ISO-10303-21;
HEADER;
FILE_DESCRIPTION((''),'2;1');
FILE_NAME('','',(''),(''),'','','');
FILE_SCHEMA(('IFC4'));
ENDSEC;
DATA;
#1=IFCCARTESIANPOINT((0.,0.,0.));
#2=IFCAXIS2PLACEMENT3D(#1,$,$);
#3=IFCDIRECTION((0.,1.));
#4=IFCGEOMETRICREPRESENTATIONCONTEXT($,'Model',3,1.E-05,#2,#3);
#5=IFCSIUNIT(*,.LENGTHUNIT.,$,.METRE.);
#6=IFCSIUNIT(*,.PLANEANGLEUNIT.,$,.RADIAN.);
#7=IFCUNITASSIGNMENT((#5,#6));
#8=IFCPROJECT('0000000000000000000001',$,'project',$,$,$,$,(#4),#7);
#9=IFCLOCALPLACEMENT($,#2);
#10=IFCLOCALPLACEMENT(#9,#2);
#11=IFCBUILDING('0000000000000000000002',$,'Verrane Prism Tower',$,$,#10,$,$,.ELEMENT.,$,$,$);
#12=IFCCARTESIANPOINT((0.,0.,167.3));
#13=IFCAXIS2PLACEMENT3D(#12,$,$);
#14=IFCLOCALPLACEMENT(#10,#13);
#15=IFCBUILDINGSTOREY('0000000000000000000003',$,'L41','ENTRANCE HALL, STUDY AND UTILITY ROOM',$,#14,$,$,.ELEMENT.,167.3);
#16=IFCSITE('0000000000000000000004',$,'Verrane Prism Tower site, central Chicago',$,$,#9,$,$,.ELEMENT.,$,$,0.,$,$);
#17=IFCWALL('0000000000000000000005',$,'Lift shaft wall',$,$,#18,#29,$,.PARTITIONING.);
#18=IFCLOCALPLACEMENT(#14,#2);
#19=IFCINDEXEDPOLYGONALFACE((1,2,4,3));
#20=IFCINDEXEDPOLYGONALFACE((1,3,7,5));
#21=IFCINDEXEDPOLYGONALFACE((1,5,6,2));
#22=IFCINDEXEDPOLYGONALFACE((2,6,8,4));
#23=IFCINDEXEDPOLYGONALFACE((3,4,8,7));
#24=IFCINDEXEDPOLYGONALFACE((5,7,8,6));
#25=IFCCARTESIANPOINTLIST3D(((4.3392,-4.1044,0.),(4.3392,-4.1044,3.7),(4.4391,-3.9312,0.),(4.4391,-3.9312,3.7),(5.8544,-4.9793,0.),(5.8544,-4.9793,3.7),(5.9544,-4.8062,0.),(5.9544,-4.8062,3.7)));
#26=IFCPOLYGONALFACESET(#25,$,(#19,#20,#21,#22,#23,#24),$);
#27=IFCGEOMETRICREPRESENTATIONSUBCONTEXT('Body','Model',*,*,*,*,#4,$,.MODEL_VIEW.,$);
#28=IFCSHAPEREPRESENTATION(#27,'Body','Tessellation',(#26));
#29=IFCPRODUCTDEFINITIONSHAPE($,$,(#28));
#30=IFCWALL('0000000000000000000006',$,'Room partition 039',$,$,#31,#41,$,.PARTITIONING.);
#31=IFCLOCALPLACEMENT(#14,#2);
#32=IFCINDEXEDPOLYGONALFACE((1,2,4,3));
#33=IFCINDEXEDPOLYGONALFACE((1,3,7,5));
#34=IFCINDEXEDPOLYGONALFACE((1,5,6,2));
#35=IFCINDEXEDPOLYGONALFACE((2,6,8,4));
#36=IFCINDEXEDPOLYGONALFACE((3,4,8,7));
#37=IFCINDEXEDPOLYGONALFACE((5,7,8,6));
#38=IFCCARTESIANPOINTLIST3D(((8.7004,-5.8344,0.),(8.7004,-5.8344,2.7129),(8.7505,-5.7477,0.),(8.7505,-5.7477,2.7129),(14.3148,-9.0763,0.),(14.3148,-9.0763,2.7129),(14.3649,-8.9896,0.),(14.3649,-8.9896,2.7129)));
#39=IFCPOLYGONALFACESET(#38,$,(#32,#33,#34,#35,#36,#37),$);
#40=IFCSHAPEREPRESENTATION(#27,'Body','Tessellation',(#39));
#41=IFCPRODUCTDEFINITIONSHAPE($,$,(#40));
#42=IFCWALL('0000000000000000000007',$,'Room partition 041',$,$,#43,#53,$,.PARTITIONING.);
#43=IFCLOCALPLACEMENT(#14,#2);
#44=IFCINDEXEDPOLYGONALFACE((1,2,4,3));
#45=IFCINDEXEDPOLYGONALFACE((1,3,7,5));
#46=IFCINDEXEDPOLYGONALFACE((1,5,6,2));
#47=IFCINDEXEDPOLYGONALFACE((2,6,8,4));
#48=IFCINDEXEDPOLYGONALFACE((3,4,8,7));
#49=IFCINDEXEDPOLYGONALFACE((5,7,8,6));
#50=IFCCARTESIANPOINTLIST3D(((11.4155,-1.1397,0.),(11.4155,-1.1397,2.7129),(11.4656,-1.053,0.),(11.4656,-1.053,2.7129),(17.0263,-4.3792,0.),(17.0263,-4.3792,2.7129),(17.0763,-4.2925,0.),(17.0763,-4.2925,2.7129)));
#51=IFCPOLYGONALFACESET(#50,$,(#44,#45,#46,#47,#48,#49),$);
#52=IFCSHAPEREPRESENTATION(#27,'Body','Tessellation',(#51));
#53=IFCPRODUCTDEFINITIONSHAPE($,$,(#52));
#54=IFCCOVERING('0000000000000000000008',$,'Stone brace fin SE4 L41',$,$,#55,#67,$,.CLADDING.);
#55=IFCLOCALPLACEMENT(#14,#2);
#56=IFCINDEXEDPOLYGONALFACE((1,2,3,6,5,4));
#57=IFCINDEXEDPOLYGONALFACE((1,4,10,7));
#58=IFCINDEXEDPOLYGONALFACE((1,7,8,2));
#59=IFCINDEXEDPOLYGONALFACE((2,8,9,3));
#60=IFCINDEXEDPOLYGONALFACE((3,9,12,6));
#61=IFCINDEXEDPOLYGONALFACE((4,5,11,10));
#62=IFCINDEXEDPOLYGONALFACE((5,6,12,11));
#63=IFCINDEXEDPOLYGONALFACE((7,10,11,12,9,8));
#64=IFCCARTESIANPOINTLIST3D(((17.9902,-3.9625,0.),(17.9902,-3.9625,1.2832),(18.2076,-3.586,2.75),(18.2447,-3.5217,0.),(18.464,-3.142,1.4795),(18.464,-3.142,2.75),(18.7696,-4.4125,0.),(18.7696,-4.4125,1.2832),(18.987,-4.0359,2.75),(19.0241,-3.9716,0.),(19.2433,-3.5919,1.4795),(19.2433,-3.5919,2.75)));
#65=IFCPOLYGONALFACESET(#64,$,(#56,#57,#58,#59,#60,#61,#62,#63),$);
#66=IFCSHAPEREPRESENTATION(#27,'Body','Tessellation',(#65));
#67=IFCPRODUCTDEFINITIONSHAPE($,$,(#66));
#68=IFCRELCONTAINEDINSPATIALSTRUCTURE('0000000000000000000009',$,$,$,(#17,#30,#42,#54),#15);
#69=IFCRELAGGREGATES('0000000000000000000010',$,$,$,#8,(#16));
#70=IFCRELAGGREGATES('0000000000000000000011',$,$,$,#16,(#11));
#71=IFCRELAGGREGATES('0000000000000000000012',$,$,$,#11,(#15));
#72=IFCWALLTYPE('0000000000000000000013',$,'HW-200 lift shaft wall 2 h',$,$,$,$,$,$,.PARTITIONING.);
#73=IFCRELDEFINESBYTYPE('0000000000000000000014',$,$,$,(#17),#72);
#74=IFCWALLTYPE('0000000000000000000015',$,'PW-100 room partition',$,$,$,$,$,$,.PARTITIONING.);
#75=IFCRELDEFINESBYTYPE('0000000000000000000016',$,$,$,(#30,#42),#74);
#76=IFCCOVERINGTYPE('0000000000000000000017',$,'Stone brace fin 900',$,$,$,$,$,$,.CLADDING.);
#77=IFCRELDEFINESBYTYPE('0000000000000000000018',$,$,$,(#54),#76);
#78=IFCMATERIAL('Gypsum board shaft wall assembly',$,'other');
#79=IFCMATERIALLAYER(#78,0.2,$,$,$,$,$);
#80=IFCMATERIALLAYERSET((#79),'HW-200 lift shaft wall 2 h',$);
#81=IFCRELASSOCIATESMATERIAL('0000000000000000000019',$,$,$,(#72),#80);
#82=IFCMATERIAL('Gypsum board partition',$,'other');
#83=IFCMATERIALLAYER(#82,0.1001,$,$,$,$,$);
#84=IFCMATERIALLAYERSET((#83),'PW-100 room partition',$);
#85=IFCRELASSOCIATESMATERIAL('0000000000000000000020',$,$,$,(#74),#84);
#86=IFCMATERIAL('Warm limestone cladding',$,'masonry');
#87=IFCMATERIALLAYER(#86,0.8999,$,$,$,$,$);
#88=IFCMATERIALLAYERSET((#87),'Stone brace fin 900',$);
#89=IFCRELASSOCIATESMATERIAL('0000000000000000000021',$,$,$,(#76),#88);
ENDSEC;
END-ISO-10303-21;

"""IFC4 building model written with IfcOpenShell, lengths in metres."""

from ifc_helpers import new_model, si_unit, direction, frame, frame_2d, origin, place, context, subcontext, project, spatial, polyline, rectangle, outline, extrude, material, layer, layer_set, type_object, element, save


model = new_model("IFC4")

# Units and contexts
model_context = context("Model", 3, precision=1e-05, world=origin(), true_north=direction((0.0, 1.0)))
body_context = subcontext(model_context, "Body", "Model", "MODEL_VIEW")
ifc_project = project(units=[si_unit("LENGTHUNIT", "METRE"), si_unit("PLANEANGLEUNIT", "RADIAN")], contexts=[model_context])

# Site, building, storey
site_placement = place(None, origin())
site = spatial("IfcSite", under=ifc_project, at=site_placement, Name="Verrane Prism Tower site, central Chicago", CompositionType="ELEMENT", RefElevation=0.0)
building_placement = place(site_placement, origin())
building = spatial("IfcBuilding", under=site, at=building_placement, Name="Verrane Prism Tower", CompositionType="ELEMENT")
storey_placement = place(building_placement, frame((0.0, 0.0, 167.3)))
storey = spatial("IfcBuildingStorey", under=building, at=storey_placement, Name="L41", Description="ENTRANCE HALL, STUDY AND UTILITY ROOM", CompositionType="ELEMENT", Elevation=167.3)

# Walls
ifc_material_1 = material(Name="Gypsum board shaft wall assembly", Category="other")
ifc_layer_1 = layer(ifc_material_1, 0.2)
ifc_layer_set_1 = layer_set([ifc_layer_1], Name="HW-200 lift shaft wall 2 h")
wall_type_1 = type_object("IfcWallType", Name="HW-200 lift shaft wall 2 h", PredefinedType="PARTITIONING", material=ifc_layer_set_1)
wall_1_placement = place(storey_placement, frame((5.9045, -4.8928, 0.0), z_axis=(0.0, 0.0, 1.0), x_axis=(-0.866002, 0.50004, 0.0)))
element("IfcWall", 1, at=wall_1_placement, inside=storey, type_object=wall_type_1, Name="Lift shaft wall", PredefinedType="PARTITIONING", context=body_context, shape_type="SweptSolid", body=[
    extrude(rectangle(XDim=1.7498, YDim=0.2, at=frame_2d((0.875, 0.0))), origin(), (0.0, 0.0, 1.0), 3.7),
])
ifc_material_2 = material(Name="Gypsum board partition", Category="other")
ifc_layer_2 = layer(ifc_material_2, 0.1001)
ifc_layer_set_2 = layer_set([ifc_layer_2], Name="PW-100 room partition")
wall_type_2 = type_object("IfcWallType", Name="PW-100 room partition", PredefinedType="PARTITIONING", material=ifc_layer_set_2)
wall_2_placement = place(storey_placement, frame((8.7253, -5.791, 0.0), z_axis=(0.0, 0.0, 1.0), x_axis=(0.865998, -0.500047, 0.0)))
element("IfcWall", 2, at=wall_2_placement, inside=storey, type_object=wall_type_2, Name="Room partition 039", PredefinedType="PARTITIONING", context=body_context, shape_type="SweptSolid", body=[
    extrude(rectangle(XDim=6.4832, YDim=0.1001, at=frame_2d((3.2417, 0.0))), origin(), (0.0, 0.0, 1.0), 2.7129),
])
wall_3_placement = place(storey_placement, frame((11.4407, -1.0964, 0.0), z_axis=(0.0, 0.0, 1.0), x_axis=(0.86602, -0.500009, 0.0)))
element("IfcWall", 3, at=wall_3_placement, inside=storey, type_object=wall_type_2, Name="Room partition 041", PredefinedType="PARTITIONING", context=body_context, shape_type="SweptSolid", body=[
    extrude(rectangle(XDim=6.4788, YDim=0.1001, at=frame_2d((3.2393, 0.0))), origin(), (0.0, 0.0, 1.0), 2.7129),
])

# Covering
ifc_material_3 = material(Name="Warm limestone cladding", Category="masonry")
ifc_layer_3 = layer(ifc_material_3, 0.8999)
ifc_layer_set_3 = layer_set([ifc_layer_3], Name="Stone brace fin 900")
covering_type = type_object("IfcCoveringType", Name="Stone brace fin 900", PredefinedType="CLADDING", material=ifc_layer_set_3)
covering_placement = place(storey_placement, frame((18.3799, -4.1875, 0.0), z_axis=(0.0, 0.0, 1.0), x_axis=(0.49999, 0.866031, 0.0)))
element("IfcCovering", 4, at=covering_placement, inside=storey, type_object=covering_type, Name="Stone brace fin SE4 L41", PredefinedType="CLADDING", context=body_context, shape_type="SweptSolid", body=[
    extrude(outline(polyline([(0.9475, 2.75), (0.4348, 2.75), (0.0, 1.2832), (0.0, 0.0), (0.509, 0.0), (0.9475, 1.4795), (0.9475, 2.75)])), frame((0.0, 0.45, 0.0), z_axis=(0.0, -1.0, 0.0), x_axis=(1.0, 0.0, 0.0)), (0.0, 0.0, 1.0), 0.8999),
])

save(model, "model.ifc")
